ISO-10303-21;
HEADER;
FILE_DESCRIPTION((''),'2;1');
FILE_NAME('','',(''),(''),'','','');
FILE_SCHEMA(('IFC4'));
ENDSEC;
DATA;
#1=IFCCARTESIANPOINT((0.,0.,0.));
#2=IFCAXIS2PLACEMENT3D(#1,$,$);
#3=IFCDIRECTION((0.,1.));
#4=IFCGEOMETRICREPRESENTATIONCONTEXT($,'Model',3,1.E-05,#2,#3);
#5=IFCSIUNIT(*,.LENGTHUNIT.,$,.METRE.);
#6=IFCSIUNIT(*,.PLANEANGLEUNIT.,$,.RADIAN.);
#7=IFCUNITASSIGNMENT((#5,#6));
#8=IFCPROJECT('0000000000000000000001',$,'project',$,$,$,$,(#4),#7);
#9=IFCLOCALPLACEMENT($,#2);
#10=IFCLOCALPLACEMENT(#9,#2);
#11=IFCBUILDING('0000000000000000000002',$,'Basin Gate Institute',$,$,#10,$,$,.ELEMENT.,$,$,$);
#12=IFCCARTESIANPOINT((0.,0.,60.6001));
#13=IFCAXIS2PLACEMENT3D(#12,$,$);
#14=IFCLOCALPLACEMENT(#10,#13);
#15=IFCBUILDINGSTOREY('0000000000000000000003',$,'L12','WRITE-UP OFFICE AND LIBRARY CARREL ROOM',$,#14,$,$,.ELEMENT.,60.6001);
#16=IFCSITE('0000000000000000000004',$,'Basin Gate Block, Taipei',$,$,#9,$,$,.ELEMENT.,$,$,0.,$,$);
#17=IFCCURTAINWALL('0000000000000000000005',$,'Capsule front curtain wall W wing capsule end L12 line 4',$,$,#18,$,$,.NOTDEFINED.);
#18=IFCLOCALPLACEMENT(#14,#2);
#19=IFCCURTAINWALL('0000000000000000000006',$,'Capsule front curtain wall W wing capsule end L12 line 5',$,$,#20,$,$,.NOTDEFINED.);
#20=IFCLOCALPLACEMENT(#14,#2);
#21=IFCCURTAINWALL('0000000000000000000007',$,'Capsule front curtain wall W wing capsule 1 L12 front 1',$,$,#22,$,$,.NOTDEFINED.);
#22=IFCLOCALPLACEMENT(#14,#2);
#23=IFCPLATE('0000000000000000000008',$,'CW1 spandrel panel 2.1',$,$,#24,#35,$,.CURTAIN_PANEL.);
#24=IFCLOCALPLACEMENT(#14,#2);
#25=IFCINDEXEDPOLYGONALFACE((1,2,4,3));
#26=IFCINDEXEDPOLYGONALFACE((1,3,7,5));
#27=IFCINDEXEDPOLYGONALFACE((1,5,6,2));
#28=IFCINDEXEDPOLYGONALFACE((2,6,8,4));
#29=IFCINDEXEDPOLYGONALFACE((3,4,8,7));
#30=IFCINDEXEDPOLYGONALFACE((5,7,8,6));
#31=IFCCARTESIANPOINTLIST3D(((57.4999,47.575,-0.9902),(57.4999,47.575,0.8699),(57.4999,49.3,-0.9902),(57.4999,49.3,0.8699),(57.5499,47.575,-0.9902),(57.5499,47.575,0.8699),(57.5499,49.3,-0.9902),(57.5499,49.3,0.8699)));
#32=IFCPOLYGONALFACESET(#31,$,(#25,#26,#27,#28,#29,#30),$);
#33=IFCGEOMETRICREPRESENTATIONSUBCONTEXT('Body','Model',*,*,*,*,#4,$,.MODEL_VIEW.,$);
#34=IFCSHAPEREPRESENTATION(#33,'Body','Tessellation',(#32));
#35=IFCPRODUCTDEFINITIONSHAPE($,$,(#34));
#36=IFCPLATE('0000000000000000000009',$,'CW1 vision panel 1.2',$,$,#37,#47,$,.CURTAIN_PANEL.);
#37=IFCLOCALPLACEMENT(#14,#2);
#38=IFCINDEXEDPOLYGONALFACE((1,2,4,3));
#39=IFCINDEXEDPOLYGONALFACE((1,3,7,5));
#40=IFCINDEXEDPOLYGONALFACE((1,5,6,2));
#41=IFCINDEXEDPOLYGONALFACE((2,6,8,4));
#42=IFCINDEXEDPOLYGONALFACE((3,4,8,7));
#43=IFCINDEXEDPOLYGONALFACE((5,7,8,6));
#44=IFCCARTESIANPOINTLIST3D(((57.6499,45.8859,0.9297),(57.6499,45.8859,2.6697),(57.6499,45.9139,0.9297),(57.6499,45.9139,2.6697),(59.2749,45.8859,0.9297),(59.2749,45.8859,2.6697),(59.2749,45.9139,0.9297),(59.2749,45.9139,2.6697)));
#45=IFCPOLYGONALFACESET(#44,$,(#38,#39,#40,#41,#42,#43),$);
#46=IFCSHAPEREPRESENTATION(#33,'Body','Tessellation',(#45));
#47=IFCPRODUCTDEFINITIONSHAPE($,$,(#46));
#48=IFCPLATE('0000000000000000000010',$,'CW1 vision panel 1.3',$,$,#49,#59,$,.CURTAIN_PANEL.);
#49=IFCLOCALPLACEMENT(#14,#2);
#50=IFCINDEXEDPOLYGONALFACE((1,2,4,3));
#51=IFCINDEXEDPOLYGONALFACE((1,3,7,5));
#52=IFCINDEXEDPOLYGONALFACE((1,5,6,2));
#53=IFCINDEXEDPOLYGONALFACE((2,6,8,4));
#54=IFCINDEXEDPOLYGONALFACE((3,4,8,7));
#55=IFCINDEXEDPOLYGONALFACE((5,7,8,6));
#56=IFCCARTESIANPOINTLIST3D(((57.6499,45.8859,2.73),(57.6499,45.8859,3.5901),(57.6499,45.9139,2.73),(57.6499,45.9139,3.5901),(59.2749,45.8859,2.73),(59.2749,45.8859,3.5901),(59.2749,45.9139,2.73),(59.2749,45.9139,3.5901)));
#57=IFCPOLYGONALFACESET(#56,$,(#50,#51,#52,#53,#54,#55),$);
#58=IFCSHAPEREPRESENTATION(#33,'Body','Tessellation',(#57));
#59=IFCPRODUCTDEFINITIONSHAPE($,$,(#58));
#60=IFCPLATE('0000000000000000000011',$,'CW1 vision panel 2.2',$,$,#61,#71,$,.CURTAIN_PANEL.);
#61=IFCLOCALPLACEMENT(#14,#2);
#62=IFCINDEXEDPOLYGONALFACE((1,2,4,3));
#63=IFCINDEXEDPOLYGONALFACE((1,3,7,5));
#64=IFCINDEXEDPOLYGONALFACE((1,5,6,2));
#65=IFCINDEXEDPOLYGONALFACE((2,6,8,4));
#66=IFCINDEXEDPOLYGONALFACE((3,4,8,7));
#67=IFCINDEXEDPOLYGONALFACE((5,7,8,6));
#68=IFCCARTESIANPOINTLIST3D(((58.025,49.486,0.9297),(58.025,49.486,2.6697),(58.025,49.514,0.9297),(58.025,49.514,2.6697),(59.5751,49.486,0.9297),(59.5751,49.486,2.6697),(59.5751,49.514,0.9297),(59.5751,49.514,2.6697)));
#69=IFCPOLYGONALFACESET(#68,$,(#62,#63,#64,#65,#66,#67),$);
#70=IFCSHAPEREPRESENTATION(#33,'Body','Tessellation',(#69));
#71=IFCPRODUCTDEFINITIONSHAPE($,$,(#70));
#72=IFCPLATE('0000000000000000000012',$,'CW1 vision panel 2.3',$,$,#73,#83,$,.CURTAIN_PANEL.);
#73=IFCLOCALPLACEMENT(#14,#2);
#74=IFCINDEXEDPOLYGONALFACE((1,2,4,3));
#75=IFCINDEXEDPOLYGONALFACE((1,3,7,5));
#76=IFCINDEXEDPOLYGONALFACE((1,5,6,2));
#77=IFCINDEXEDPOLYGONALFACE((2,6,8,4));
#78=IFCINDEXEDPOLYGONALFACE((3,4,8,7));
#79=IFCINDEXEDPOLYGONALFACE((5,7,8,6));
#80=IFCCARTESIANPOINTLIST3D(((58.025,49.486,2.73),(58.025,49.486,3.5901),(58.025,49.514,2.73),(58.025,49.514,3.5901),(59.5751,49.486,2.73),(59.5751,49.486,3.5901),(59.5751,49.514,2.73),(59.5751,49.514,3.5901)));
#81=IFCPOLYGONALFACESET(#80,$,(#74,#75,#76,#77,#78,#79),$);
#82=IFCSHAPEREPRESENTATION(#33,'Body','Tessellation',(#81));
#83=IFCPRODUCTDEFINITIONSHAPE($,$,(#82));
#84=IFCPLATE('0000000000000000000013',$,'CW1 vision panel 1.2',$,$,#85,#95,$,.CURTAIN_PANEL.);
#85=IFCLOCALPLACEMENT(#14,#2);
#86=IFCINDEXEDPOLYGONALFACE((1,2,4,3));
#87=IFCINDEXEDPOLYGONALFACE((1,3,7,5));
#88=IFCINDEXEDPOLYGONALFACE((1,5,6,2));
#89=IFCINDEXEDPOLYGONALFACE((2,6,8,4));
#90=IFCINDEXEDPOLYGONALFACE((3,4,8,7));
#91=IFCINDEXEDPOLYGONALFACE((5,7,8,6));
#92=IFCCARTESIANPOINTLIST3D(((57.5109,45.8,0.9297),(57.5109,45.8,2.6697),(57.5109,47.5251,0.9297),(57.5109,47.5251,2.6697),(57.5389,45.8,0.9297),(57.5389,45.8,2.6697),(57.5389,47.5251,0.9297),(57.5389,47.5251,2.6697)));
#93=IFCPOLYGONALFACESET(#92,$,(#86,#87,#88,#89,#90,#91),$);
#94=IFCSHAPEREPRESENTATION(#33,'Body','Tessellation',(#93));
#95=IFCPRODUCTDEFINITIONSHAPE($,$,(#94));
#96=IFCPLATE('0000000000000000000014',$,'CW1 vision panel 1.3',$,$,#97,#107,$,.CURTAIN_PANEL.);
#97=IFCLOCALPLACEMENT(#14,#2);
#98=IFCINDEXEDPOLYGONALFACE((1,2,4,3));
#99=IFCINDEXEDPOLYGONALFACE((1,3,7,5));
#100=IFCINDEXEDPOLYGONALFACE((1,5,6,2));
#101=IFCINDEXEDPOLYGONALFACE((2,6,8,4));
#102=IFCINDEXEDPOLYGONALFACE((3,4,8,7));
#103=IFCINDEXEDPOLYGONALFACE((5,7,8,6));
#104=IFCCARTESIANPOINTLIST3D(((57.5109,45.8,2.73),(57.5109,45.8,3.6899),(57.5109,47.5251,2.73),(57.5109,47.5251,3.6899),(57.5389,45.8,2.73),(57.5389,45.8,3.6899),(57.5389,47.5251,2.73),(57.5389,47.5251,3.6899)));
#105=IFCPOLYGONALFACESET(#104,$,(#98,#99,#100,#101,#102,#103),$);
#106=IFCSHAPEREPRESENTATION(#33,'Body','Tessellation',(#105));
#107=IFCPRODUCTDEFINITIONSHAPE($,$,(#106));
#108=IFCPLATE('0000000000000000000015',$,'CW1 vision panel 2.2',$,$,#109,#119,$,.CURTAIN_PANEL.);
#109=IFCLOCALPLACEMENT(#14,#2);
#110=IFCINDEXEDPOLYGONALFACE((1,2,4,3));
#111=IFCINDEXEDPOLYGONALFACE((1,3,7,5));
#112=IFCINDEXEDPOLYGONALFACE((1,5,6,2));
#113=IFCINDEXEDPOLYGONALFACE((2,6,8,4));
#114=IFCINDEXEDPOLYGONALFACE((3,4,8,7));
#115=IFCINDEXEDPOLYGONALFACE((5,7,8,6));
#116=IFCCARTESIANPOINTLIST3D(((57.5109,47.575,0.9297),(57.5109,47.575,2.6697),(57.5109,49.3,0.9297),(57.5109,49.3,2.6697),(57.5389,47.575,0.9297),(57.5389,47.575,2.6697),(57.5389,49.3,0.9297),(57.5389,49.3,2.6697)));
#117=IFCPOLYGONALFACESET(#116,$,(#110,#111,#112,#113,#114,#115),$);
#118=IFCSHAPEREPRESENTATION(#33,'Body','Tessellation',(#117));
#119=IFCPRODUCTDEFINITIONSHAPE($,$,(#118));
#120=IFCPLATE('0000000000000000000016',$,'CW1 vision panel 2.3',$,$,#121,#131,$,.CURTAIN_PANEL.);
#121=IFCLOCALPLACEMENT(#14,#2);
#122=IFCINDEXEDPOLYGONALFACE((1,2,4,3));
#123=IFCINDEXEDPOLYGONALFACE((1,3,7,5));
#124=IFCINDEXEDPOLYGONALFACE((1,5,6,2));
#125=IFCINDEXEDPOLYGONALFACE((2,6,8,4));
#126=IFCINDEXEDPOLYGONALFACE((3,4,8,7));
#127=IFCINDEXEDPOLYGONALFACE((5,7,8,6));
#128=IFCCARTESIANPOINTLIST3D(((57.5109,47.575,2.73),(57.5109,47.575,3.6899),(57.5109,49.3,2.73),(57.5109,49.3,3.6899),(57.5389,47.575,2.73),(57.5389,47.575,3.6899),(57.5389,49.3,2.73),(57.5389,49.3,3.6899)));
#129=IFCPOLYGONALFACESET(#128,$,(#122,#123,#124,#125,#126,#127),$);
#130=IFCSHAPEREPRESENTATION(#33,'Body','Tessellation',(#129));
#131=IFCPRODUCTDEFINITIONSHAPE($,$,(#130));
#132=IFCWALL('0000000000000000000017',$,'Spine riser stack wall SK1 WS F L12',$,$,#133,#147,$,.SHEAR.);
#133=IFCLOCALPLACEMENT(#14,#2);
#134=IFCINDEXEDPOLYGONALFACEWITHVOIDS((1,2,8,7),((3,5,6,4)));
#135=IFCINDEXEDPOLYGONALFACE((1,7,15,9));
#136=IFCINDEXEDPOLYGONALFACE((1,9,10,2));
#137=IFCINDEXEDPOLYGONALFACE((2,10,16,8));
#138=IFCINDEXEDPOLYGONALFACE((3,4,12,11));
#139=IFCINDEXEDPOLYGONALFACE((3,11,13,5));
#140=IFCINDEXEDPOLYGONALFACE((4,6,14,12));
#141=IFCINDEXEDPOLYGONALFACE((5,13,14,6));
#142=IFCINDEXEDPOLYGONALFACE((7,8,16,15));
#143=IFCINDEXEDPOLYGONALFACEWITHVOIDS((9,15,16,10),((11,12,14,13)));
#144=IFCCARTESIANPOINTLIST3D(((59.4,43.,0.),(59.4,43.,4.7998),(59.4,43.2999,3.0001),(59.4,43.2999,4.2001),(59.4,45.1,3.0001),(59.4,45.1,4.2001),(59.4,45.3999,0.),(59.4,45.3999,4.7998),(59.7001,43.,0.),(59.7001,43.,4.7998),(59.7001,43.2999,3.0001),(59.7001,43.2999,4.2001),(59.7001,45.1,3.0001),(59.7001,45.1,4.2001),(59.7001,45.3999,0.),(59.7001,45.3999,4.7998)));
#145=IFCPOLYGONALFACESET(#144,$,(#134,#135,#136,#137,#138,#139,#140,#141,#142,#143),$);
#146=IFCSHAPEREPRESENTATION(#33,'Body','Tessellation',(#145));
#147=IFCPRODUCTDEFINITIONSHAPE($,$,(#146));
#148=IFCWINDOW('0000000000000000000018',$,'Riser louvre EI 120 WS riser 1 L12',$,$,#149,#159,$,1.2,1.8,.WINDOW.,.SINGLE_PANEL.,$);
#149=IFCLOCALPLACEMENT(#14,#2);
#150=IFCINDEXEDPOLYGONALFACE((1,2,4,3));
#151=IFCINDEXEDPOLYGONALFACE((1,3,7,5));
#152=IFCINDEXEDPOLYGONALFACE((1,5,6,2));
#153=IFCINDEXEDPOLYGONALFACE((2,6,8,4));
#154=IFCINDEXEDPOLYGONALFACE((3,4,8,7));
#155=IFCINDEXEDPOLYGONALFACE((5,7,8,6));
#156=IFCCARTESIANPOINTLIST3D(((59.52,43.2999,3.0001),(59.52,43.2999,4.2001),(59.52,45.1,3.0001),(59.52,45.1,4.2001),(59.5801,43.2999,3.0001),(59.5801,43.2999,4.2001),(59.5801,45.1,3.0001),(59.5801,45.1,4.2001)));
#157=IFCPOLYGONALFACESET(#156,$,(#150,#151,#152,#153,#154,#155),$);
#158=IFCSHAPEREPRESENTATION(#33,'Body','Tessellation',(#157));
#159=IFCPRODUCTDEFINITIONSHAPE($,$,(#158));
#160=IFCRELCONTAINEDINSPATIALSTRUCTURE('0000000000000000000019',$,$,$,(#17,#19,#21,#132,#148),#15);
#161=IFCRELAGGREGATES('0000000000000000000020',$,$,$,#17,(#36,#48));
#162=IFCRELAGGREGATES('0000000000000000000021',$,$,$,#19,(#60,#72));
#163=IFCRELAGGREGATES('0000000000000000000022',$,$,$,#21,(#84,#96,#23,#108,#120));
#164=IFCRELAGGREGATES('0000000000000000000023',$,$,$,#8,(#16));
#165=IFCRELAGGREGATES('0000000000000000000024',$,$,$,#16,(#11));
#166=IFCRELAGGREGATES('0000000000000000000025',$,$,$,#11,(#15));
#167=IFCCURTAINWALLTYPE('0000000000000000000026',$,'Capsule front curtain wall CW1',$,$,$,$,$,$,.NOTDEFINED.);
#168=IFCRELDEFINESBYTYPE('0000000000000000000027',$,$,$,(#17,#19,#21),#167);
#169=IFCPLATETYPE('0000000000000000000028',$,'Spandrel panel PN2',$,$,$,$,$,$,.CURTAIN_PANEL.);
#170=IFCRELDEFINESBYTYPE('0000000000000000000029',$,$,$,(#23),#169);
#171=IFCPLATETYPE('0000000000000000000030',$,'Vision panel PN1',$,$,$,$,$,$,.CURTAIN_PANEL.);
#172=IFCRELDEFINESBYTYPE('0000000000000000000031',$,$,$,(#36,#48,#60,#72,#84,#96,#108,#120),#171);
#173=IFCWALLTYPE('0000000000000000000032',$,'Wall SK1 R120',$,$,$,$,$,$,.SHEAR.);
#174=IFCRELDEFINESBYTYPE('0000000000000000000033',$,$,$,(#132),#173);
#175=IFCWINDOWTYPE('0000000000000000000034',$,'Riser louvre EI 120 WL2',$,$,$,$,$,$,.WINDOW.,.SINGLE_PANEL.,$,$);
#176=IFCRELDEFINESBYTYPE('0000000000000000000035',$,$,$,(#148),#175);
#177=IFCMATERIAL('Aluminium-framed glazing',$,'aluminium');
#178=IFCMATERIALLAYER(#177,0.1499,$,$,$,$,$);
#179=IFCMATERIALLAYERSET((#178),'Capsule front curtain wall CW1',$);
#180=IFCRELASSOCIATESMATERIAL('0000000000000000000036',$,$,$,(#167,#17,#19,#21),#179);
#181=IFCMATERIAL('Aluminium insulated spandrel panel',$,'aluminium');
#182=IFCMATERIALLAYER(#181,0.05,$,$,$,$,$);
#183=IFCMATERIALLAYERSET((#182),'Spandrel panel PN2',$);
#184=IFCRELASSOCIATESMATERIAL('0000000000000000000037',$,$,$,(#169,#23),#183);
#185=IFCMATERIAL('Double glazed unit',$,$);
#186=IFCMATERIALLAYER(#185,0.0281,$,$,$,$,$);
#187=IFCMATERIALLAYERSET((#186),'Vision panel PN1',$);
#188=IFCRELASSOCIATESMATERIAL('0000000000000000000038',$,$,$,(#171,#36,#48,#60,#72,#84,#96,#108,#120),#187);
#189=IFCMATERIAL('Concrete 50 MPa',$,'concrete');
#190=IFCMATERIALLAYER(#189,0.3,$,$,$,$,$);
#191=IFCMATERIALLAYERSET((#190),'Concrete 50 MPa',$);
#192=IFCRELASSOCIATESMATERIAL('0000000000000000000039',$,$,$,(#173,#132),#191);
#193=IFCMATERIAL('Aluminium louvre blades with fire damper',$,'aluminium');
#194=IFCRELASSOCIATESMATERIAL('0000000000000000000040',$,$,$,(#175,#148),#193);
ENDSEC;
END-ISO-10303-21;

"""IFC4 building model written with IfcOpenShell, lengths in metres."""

from ifc_helpers import new_model, si_unit, direction, frame, frame_2d, origin, origin_2d, place, context, subcontext, project, spatial, rectangle, extrude, material, layer, layer_set, type_object, element, fill, aggregate, save


model = new_model("IFC4")

# Units and contexts
model_context = context("Model", 3, precision=1e-05, world=origin(), true_north=direction((0.0, 1.0)))
body_context = subcontext(model_context, "Body", "Model", "MODEL_VIEW")
ifc_project = project(units=[si_unit("LENGTHUNIT", "METRE"), si_unit("PLANEANGLEUNIT", "RADIAN")], contexts=[model_context])

# Site, building, storey
site_placement = place(None, origin())
site = spatial("IfcSite", under=ifc_project, at=site_placement, Name="Basin Gate Block, Taipei", CompositionType="ELEMENT", RefElevation=0.0)
building_placement = place(site_placement, origin())
building = spatial("IfcBuilding", under=site, at=building_placement, Name="Basin Gate Institute", CompositionType="ELEMENT")
storey_placement = place(building_placement, frame((0.0, 0.0, 60.6001)))
storey = spatial("IfcBuildingStorey", under=building, at=storey_placement, Name="L12", Description="WRITE-UP OFFICE AND LIBRARY CARREL ROOM", CompositionType="ELEMENT", Elevation=60.6001)

# Curtain walls
ifc_material_1 = material(Name="Aluminium-framed glazing", Category="aluminium")
ifc_layer_1 = layer(ifc_material_1, 0.1499)
ifc_layer_set_1 = layer_set([ifc_layer_1], Name="Capsule front curtain wall CW1")
curtain_wall_type = type_object("IfcCurtainWallType", Name="Capsule front curtain wall CW1", PredefinedType="NOTDEFINED", material=ifc_layer_set_1)
curtain_wall_1_placement = place(storey_placement, origin())
curtain_wall_1 = element("IfcCurtainWall", 1, at=curtain_wall_1_placement, inside=storey, type_object=curtain_wall_type, material=ifc_layer_set_1, Name="Capsule front curtain wall W wing capsule end L12 line 4", PredefinedType="NOTDEFINED")
curtain_wall_2_placement = place(storey_placement, origin())
curtain_wall_2 = element("IfcCurtainWall", 2, at=curtain_wall_2_placement, inside=storey, type_object=curtain_wall_type, material=ifc_layer_set_1, Name="Capsule front curtain wall W wing capsule end L12 line 5", PredefinedType="NOTDEFINED")
curtain_wall_3_placement = place(storey_placement, origin())
curtain_wall_3 = element("IfcCurtainWall", 3, at=curtain_wall_3_placement, inside=storey, type_object=curtain_wall_type, material=ifc_layer_set_1, Name="Capsule front curtain wall W wing capsule 1 L12 front 1", PredefinedType="NOTDEFINED")

# Plates
ifc_material_2 = material(Name="Aluminium insulated spandrel panel", Category="aluminium")
ifc_layer_2 = layer(ifc_material_2, 0.05)
ifc_layer_set_2 = layer_set([ifc_layer_2], Name="Spandrel panel PN2")
plate_type_1 = type_object("IfcPlateType", Name="Spandrel panel PN2", PredefinedType="CURTAIN_PANEL", material=ifc_layer_set_2)
plate_1_placement = place(storey_placement, frame((57.5249, 48.4375, -0.9902), z_axis=(0.0, 0.0, 1.0), x_axis=(0.0, 1.0, 0.0)))
plate_1 = element("IfcPlate", 4, at=plate_1_placement, type_object=plate_type_1, material=ifc_layer_set_2, Name="CW1 spandrel panel 2.1", PredefinedType="CURTAIN_PANEL", context=body_context, shape_type="SweptSolid", body=[
    extrude(rectangle(XDim=1.7251, YDim=0.05, at=origin_2d()), origin(), (0.0, 0.0, 1.0), 1.8601),
])
ifc_material_3 = material(Name="Double glazed unit")
ifc_layer_3 = layer(ifc_material_3, 0.0281)
ifc_layer_set_3 = layer_set([ifc_layer_3], Name="Vision panel PN1")
plate_type_2 = type_object("IfcPlateType", Name="Vision panel PN1", PredefinedType="CURTAIN_PANEL", material=ifc_layer_set_3)
plate_2_placement = place(storey_placement, frame((58.4624, 45.8999, 0.9297), z_axis=(0.0, 0.0, 1.0), x_axis=(1.0, 0.0, 0.0)))
plate_2 = element("IfcPlate", 5, at=plate_2_placement, type_object=plate_type_2, material=ifc_layer_set_3, Name="CW1 vision panel 1.2", PredefinedType="CURTAIN_PANEL", context=body_context, shape_type="SweptSolid", body=[
    extrude(rectangle(XDim=1.625, YDim=0.0281, at=origin_2d()), origin(), (0.0, 0.0, 1.0), 1.74),
])
plate_3_placement = place(storey_placement, frame((58.4624, 45.8999, 2.73), z_axis=(0.0, 0.0, 1.0), x_axis=(1.0, 0.0, 0.0)))
plate_3 = element("IfcPlate", 6, at=plate_3_placement, type_object=plate_type_2, material=ifc_layer_set_3, Name="CW1 vision panel 1.3", PredefinedType="CURTAIN_PANEL", context=body_context, shape_type="SweptSolid", body=[
    extrude(rectangle(XDim=1.625, YDim=0.0281, at=origin_2d()), origin(), (0.0, 0.0, 1.0), 0.8601),
])
aggregate(curtain_wall_1, [plate_2, plate_3])
plate_4_placement = place(storey_placement, frame((58.8, 49.5, 0.9297), z_axis=(0.0, 0.0, 1.0), x_axis=(1.0, 0.0, 0.0)))
plate_4 = element("IfcPlate", 7, at=plate_4_placement, type_object=plate_type_2, material=ifc_layer_set_3, Name="CW1 vision panel 2.2", PredefinedType="CURTAIN_PANEL", context=body_context, shape_type="SweptSolid", body=[
    extrude(rectangle(XDim=1.55, YDim=0.0281, at=origin_2d()), origin(), (0.0, 0.0, 1.0), 1.74),
])
plate_5_placement = place(storey_placement, frame((58.8, 49.5, 2.73), z_axis=(0.0, 0.0, 1.0), x_axis=(1.0, 0.0, 0.0)))
plate_5 = element("IfcPlate", 8, at=plate_5_placement, type_object=plate_type_2, material=ifc_layer_set_3, Name="CW1 vision panel 2.3", PredefinedType="CURTAIN_PANEL", context=body_context, shape_type="SweptSolid", body=[
    extrude(rectangle(XDim=1.55, YDim=0.0281, at=origin_2d()), origin(), (0.0, 0.0, 1.0), 0.8601),
])
aggregate(curtain_wall_2, [plate_4, plate_5])
plate_6_placement = place(storey_placement, frame((57.5249, 46.6626, 0.9297), z_axis=(0.0, 0.0, 1.0), x_axis=(0.0, 1.0, 0.0)))
plate_6 = element("IfcPlate", 9, at=plate_6_placement, type_object=plate_type_2, material=ifc_layer_set_3, Name="CW1 vision panel 1.2", PredefinedType="CURTAIN_PANEL", context=body_context, shape_type="SweptSolid", body=[
    extrude(rectangle(XDim=1.7251, YDim=0.0281, at=origin_2d()), origin(), (0.0, 0.0, 1.0), 1.74),
])
plate_7_placement = place(storey_placement, frame((57.5249, 46.6626, 2.73), z_axis=(0.0, 0.0, 1.0), x_axis=(0.0, 1.0, 0.0)))
plate_7 = element("IfcPlate", 10, at=plate_7_placement, type_object=plate_type_2, material=ifc_layer_set_3, Name="CW1 vision panel 1.3", PredefinedType="CURTAIN_PANEL", context=body_context, shape_type="SweptSolid", body=[
    extrude(rectangle(XDim=1.7251, YDim=0.0281, at=origin_2d()), origin(), (0.0, 0.0, 1.0), 0.96),
])
plate_8_placement = place(storey_placement, frame((57.5249, 48.4375, 0.9297), z_axis=(0.0, 0.0, 1.0), x_axis=(0.0, 1.0, 0.0)))
plate_8 = element("IfcPlate", 11, at=plate_8_placement, type_object=plate_type_2, material=ifc_layer_set_3, Name="CW1 vision panel 2.2", PredefinedType="CURTAIN_PANEL", context=body_context, shape_type="SweptSolid", body=[
    extrude(rectangle(XDim=1.7251, YDim=0.0281, at=origin_2d()), origin(), (0.0, 0.0, 1.0), 1.74),
])
plate_9_placement = place(storey_placement, frame((57.5249, 48.4375, 2.73), z_axis=(0.0, 0.0, 1.0), x_axis=(0.0, 1.0, 0.0)))
plate_9 = element("IfcPlate", 12, at=plate_9_placement, type_object=plate_type_2, material=ifc_layer_set_3, Name="CW1 vision panel 2.3", PredefinedType="CURTAIN_PANEL", context=body_context, shape_type="SweptSolid", body=[
    extrude(rectangle(XDim=1.7251, YDim=0.0281, at=origin_2d()), origin(), (0.0, 0.0, 1.0), 0.96),
])
aggregate(curtain_wall_3, [plate_6, plate_7, plate_1, plate_8, plate_9])

# Wall, opening, window
ifc_material_4 = material(Name="Concrete 50 MPa", Category="concrete")
ifc_layer_4 = layer(ifc_material_4, 0.3)
ifc_layer_set_4 = layer_set([ifc_layer_4], Name="Concrete 50 MPa")
wall_type = type_object("IfcWallType", Name="Wall SK1 R120", PredefinedType="SHEAR", material=ifc_layer_set_4)
wall_placement = place(storey_placement, frame((59.55, 43.0, 0.0), z_axis=(0.0, 0.0, 1.0), x_axis=(0.0, 1.0, 0.0)))
wall = element("IfcWall", 13, at=wall_placement, inside=storey, type_object=wall_type, material=ifc_layer_set_4, Name="Spine riser stack wall SK1 WS F L12", PredefinedType="SHEAR", context=body_context, shape_type="SweptSolid", body=[
    extrude(rectangle(XDim=2.3999, YDim=0.3, at=frame_2d((1.2, 0.0))), origin(), (0.0, 0.0, 1.0), 4.7998),
])
opening_placement = place(wall_placement, frame((0.3, 0.0, 3.0)))
opening = element("IfcOpeningElement", 14, at=opening_placement, cuts=wall, PredefinedType="OPENING", context=body_context, shape_type="SweptSolid", body=[
    extrude(rectangle(XDim=1.8, YDim=1.2, at=frame_2d((0.8999, 0.6001))), frame((0.0, 0.1602, 0.0), z_axis=(0.0, -1.0, 0.0), x_axis=(1.0, 0.0, 0.0)), (0.0, 0.0, 1.0), 0.3201),
])
ifc_material_5 = material(Name="Aluminium louvre blades with fire damper", Category="aluminium")
window_type = type_object("IfcWindowType", Name="Riser louvre EI 120 WL2", PartitioningType="SINGLE_PANEL", PredefinedType="WINDOW", material=ifc_material_5)
window_placement = place(opening_placement, origin())
window = element("IfcWindow", 15, at=window_placement, inside=storey, type_object=window_type, material=ifc_material_5, Name="Riser louvre EI 120 WS riser 1 L12", OverallHeight=1.2, OverallWidth=1.8, PartitioningType="SINGLE_PANEL", PredefinedType="WINDOW", context=body_context, shape_type="SweptSolid", body=[
    extrude(rectangle(XDim=1.8, YDim=1.2, at=frame_2d((0.8999, 0.6001))), frame((0.0, 0.03, 0.0), z_axis=(0.0, -1.0, 0.0), x_axis=(1.0, 0.0, 0.0)), (0.0, 0.0, 1.0), 0.0601),
])
fill(opening, window)

save(model, "model.ifc")
